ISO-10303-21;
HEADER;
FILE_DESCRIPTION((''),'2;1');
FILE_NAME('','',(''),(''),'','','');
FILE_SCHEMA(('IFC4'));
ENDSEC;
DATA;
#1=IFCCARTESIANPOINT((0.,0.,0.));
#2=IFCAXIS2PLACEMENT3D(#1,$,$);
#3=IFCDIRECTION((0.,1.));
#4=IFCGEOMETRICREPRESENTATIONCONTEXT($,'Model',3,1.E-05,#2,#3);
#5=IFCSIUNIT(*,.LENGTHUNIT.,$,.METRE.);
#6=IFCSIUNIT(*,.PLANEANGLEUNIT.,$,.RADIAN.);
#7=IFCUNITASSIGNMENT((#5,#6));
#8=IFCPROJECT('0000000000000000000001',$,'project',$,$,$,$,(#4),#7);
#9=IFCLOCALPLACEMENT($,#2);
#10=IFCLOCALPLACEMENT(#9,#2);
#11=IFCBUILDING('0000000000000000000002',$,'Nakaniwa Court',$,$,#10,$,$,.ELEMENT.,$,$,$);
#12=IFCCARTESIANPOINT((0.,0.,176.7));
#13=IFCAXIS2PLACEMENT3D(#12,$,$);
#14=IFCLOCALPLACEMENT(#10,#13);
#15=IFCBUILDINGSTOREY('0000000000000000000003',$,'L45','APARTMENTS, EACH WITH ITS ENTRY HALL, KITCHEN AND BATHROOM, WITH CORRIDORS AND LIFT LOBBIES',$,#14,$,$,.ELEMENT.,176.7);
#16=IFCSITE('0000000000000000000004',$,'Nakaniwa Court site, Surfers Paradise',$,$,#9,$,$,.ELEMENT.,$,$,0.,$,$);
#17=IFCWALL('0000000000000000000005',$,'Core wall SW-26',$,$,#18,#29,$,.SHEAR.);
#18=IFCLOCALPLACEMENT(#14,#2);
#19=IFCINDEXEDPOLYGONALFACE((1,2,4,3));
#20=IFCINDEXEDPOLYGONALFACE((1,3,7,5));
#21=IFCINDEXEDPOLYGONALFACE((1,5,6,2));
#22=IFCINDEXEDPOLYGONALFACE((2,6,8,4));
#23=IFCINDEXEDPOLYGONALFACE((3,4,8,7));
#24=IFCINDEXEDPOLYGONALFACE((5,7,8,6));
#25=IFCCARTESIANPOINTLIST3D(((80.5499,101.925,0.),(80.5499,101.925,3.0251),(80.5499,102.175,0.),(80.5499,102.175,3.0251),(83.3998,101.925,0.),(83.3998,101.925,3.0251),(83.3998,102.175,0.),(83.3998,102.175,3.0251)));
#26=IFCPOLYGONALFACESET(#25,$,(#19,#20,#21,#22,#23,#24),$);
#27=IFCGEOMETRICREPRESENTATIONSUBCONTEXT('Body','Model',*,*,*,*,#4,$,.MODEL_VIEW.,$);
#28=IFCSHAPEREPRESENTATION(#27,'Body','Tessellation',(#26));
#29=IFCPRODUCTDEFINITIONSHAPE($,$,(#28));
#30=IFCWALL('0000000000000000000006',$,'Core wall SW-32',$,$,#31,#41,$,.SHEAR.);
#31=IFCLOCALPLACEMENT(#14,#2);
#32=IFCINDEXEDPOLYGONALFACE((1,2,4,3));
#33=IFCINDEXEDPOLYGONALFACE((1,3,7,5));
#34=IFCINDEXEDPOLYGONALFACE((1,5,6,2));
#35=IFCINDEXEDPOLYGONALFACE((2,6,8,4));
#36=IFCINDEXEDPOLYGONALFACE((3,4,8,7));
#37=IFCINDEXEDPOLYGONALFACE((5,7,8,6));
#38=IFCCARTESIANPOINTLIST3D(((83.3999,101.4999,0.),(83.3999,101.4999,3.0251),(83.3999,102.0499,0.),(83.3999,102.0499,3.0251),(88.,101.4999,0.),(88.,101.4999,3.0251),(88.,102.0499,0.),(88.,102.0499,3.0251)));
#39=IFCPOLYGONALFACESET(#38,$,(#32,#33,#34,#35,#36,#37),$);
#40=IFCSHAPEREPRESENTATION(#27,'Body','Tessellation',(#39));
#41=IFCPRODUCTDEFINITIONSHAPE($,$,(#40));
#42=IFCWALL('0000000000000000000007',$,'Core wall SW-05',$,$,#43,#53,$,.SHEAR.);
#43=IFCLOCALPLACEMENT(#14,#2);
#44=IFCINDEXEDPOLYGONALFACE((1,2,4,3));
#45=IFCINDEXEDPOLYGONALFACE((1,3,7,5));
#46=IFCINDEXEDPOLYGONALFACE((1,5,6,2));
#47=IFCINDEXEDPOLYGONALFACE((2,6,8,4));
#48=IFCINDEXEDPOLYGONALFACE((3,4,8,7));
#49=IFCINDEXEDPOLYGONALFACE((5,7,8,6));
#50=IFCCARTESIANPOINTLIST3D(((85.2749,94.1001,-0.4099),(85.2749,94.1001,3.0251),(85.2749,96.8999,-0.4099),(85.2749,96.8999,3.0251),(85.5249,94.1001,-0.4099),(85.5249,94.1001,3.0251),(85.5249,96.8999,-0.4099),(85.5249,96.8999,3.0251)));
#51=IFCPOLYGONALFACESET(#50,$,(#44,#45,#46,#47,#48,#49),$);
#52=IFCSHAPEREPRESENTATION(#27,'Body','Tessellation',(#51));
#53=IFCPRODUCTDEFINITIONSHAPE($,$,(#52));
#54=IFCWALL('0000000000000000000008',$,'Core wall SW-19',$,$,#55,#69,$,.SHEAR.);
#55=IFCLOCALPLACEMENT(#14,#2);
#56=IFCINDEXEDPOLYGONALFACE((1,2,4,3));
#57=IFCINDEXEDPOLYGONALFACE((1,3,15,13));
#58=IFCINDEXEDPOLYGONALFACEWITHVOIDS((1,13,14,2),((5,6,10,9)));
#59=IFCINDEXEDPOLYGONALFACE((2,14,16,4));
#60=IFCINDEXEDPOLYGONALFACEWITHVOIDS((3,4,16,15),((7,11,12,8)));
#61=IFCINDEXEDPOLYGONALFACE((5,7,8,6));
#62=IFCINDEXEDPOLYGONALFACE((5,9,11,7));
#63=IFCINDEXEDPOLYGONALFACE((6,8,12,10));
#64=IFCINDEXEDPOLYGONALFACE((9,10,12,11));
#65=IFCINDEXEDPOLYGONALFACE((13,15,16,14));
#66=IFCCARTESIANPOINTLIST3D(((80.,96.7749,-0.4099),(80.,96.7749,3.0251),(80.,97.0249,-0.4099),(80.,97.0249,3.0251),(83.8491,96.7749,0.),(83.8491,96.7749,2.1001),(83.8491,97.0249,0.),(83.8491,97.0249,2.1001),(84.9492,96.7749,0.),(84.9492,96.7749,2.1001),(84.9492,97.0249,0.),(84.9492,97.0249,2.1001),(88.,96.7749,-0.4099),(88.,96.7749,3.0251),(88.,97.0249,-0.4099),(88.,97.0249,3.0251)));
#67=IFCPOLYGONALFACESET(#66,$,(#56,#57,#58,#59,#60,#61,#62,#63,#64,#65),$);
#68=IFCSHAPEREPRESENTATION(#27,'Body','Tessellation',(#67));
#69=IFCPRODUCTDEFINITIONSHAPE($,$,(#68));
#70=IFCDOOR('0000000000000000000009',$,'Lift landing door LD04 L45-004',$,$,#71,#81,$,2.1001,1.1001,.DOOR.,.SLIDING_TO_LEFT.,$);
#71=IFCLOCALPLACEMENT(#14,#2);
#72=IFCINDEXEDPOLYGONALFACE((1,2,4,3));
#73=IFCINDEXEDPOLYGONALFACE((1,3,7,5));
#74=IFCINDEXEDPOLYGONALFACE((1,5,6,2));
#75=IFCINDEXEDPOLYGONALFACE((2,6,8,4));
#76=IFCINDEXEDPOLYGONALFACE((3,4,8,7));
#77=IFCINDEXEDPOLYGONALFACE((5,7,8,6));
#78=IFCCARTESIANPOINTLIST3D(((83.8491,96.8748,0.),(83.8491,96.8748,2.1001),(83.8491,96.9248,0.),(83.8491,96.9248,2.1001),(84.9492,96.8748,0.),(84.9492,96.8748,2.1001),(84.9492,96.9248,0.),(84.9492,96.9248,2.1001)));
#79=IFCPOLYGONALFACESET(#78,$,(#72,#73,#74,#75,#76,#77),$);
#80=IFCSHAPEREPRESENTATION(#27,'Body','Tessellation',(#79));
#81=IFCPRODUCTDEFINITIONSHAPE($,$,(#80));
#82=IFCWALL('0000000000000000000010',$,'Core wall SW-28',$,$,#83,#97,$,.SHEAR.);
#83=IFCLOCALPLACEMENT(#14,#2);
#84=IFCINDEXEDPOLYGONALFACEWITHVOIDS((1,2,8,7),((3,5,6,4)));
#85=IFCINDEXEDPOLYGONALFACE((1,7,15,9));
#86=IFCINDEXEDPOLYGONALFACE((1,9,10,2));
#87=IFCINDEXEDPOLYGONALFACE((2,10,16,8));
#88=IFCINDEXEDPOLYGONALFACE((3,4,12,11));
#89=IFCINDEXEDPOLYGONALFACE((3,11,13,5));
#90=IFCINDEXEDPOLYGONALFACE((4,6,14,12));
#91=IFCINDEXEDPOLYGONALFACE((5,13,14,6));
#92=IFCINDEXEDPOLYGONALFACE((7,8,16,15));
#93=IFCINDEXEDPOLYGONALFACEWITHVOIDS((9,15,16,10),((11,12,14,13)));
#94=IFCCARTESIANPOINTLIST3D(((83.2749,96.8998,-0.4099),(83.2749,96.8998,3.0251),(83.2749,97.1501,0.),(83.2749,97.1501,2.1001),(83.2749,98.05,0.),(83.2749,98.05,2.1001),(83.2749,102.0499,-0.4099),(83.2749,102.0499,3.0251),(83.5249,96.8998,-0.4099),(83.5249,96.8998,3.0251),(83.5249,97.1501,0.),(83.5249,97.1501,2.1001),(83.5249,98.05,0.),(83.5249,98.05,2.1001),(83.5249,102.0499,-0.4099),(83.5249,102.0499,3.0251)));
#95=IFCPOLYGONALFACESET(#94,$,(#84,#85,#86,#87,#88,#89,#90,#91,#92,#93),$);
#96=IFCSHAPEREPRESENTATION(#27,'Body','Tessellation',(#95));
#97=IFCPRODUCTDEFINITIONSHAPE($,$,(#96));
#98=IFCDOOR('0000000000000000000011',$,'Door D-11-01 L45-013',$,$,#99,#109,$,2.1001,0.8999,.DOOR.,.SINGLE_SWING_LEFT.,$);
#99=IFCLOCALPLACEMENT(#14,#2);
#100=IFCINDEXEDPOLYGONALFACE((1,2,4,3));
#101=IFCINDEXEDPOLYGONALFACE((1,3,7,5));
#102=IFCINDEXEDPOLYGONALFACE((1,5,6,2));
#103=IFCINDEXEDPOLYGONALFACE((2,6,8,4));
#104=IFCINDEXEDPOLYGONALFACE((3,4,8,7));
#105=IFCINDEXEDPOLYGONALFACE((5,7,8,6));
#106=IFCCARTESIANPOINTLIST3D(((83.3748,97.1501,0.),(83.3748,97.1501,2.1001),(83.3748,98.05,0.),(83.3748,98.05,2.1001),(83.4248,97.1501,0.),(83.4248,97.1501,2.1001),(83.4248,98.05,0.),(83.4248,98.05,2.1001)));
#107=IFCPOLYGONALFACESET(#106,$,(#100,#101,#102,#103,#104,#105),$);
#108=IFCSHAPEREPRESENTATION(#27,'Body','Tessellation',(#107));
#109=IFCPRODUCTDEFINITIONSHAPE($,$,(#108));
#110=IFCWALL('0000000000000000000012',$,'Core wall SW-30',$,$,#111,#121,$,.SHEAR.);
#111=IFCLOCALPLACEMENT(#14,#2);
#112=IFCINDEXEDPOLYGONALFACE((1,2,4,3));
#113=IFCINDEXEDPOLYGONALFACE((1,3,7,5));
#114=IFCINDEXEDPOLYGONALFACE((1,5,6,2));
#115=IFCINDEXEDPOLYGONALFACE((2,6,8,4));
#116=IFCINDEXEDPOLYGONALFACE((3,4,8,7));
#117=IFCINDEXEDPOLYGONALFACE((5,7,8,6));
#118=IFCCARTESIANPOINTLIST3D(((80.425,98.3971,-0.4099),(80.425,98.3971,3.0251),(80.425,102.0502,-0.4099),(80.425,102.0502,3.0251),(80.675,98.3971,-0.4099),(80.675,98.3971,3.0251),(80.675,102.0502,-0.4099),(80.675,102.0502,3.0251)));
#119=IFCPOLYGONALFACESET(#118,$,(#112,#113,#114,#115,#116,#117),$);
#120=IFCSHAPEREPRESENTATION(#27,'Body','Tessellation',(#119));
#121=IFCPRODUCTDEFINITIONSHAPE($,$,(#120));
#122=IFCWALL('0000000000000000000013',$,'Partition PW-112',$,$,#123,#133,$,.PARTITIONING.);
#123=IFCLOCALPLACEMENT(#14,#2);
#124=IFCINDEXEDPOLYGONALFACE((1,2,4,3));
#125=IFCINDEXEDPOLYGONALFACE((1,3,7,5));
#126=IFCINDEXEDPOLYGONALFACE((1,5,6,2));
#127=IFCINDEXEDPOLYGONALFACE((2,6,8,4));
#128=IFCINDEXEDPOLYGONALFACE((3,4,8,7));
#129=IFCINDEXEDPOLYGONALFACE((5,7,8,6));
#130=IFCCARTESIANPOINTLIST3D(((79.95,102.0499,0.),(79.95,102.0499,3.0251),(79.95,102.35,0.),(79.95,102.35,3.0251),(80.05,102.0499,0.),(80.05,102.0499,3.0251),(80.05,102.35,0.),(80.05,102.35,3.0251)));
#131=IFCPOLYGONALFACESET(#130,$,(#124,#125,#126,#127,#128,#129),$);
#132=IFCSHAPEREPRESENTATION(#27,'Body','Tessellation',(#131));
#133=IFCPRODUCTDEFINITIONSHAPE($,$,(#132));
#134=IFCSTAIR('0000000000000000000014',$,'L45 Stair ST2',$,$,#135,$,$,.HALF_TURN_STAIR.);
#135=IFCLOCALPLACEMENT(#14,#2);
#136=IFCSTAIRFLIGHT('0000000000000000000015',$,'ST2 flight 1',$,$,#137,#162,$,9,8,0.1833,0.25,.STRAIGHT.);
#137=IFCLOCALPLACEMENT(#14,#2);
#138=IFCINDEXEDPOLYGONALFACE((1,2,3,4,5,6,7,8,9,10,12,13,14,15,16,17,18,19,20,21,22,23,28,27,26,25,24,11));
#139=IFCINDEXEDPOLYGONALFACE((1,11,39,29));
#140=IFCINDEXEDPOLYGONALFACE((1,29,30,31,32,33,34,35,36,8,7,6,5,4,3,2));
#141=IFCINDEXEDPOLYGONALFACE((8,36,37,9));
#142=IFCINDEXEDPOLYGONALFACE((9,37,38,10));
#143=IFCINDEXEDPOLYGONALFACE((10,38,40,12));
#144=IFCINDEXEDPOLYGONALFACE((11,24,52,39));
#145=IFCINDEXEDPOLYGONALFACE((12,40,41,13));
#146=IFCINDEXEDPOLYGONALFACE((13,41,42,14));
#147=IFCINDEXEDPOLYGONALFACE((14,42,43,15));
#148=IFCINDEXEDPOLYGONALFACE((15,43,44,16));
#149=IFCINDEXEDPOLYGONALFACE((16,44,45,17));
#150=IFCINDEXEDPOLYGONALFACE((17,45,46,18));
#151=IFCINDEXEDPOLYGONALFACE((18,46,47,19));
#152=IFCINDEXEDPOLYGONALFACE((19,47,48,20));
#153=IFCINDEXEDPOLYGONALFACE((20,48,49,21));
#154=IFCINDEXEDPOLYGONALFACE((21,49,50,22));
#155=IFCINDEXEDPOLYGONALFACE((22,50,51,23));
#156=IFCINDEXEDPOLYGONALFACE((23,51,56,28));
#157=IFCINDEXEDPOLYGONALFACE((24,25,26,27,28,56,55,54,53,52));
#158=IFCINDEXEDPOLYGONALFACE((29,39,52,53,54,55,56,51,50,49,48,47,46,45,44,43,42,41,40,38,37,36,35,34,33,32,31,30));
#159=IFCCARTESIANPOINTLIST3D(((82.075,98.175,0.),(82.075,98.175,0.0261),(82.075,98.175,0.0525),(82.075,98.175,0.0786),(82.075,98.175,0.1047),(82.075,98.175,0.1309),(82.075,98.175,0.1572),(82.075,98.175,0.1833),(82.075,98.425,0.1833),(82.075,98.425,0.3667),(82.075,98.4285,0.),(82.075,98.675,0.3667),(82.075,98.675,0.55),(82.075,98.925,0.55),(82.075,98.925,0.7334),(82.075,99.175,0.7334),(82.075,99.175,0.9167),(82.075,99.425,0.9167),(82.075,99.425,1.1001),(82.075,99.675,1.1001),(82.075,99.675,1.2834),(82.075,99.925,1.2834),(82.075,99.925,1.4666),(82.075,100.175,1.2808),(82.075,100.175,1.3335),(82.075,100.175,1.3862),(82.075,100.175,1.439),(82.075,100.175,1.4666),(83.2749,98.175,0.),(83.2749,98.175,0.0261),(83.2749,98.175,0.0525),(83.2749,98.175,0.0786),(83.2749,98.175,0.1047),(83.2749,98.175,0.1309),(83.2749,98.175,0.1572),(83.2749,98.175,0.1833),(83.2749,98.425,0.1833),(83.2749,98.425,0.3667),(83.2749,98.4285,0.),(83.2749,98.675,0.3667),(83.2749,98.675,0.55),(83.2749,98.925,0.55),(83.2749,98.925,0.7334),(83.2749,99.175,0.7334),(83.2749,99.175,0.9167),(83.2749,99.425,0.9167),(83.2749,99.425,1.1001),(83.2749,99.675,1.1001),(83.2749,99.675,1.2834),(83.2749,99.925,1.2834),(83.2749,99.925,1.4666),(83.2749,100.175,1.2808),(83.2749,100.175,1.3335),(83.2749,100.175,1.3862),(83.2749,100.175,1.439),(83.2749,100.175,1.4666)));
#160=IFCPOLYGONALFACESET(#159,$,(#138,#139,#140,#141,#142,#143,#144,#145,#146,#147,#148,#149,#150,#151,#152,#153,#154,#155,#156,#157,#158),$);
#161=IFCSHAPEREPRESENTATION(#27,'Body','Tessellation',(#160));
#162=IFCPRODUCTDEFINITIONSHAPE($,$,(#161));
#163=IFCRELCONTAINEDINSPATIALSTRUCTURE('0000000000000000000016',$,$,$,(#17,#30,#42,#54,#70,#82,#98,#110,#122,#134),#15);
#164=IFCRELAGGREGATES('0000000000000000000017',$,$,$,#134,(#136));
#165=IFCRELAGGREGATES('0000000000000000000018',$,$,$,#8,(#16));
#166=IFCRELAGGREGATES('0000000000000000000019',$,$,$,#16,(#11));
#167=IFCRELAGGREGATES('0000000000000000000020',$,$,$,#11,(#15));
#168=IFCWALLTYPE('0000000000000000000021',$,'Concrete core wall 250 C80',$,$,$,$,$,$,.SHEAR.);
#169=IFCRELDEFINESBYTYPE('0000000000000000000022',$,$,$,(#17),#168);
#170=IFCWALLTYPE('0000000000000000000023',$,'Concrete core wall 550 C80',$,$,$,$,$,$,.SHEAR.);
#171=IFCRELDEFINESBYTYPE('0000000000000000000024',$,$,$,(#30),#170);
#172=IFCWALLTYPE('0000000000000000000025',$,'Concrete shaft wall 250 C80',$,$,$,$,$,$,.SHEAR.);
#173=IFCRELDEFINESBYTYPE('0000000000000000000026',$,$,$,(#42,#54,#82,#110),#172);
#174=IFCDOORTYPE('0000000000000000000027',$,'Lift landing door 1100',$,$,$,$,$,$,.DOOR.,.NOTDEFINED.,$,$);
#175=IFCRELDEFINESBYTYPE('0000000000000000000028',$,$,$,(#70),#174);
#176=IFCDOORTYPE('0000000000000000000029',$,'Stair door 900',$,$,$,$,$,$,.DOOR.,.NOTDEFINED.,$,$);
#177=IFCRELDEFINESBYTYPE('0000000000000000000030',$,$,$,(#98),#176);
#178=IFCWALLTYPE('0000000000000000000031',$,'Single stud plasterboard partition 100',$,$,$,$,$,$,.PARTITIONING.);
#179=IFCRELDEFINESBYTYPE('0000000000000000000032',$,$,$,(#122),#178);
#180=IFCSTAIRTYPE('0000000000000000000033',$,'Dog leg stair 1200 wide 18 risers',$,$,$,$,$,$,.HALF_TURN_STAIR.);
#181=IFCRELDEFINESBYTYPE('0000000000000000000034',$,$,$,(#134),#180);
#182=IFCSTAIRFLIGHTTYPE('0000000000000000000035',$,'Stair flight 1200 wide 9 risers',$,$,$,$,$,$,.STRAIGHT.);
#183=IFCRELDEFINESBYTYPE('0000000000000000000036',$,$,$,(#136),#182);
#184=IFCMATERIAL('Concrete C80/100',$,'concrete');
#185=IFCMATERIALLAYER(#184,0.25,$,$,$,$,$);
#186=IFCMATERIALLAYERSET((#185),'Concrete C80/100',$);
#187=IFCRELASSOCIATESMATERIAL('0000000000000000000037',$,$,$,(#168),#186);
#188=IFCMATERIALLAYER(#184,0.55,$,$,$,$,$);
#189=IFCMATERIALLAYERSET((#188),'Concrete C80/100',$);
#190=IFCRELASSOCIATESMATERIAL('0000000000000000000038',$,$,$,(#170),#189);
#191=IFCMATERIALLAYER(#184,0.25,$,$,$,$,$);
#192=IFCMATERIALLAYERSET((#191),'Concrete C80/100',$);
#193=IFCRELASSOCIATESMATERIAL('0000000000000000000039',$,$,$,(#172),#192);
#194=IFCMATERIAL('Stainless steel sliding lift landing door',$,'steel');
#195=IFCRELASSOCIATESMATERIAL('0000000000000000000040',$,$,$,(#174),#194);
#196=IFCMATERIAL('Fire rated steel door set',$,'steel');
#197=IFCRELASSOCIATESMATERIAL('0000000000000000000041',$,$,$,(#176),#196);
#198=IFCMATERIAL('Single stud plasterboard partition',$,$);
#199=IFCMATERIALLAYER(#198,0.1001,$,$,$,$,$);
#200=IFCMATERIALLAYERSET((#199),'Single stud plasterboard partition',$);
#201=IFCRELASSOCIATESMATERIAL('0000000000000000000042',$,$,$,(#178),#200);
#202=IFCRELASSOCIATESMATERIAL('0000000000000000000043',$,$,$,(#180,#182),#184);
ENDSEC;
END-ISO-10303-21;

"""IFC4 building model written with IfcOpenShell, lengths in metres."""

from ifc_helpers import new_model, si_unit, direction, frame, frame_2d, origin, place, context, subcontext, project, spatial, polyline, rectangle, outline, extrude, material, layer, layer_set, type_object, element, fill, aggregate, save


model = new_model("IFC4")

# Units and contexts
model_context = context("Model", 3, precision=1e-05, world=origin(), true_north=direction((0.0, 1.0)))
body_context = subcontext(model_context, "Body", "Model", "MODEL_VIEW")
ifc_project = project(units=[si_unit("LENGTHUNIT", "METRE"), si_unit("PLANEANGLEUNIT", "RADIAN")], contexts=[model_context])

# Site, building, storey
site_placement = place(None, origin())
site = spatial("IfcSite", under=ifc_project, at=site_placement, Name="Nakaniwa Court site, Surfers Paradise", CompositionType="ELEMENT", RefElevation=0.0)
building_placement = place(site_placement, origin())
building = spatial("IfcBuilding", under=site, at=building_placement, Name="Nakaniwa Court", CompositionType="ELEMENT")
storey_placement = place(building_placement, frame((0.0, 0.0, 176.7)))
storey = spatial("IfcBuildingStorey", under=building, at=storey_placement, Name="L45", Description="APARTMENTS, EACH WITH ITS ENTRY HALL, KITCHEN AND BATHROOM, WITH CORRIDORS AND LIFT LOBBIES", CompositionType="ELEMENT", Elevation=176.7)

# Shared definitions
ifc_material_1 = material(Name="Fire rated steel door set", Category="steel")
ifc_material_2 = material(Name="Concrete C80/100", Category="concrete")

# Walls
ifc_layer_1 = layer(ifc_material_2, 0.25)
ifc_layer_set_1 = layer_set([ifc_layer_1], Name="Concrete C80/100")
wall_type_1 = type_object("IfcWallType", Name="Concrete core wall 250 C80", PredefinedType="SHEAR", material=ifc_layer_set_1)
wall_1_placement = place(storey_placement, frame((80.55, 102.05, 0.0), z_axis=(0.0, 0.0, 1.0), x_axis=(1.0, 0.0, 0.0)))
element("IfcWall", 1, at=wall_1_placement, inside=storey, type_object=wall_type_1, Name="Core wall SW-26", PredefinedType="SHEAR", context=body_context, shape_type="SweptSolid", body=[
    extrude(rectangle(XDim=2.8499, YDim=0.25, at=frame_2d((1.4248, 0.0))), origin(), (0.0, 0.0, 1.0), 3.0251),
])
ifc_layer_2 = layer(ifc_material_2, 0.55)
ifc_layer_set_2 = layer_set([ifc_layer_2], Name="Concrete C80/100")
wall_type_2 = type_object("IfcWallType", Name="Concrete core wall 550 C80", PredefinedType="SHEAR", material=ifc_layer_set_2)
wall_2_placement = place(storey_placement, frame((83.3999, 101.7749, 0.0), z_axis=(0.0, 0.0, 1.0), x_axis=(1.0, 0.0, 0.0)))
element("IfcWall", 2, at=wall_2_placement, inside=storey, type_object=wall_type_2, Name="Core wall SW-32", PredefinedType="SHEAR", context=body_context, shape_type="SweptSolid", body=[
    extrude(rectangle(XDim=4.6001, YDim=0.55, at=frame_2d((2.3, 0.0))), origin(), (0.0, 0.0, 1.0), 3.0251),
])
ifc_layer_3 = layer(ifc_material_2, 0.25)
ifc_layer_set_3 = layer_set([ifc_layer_3], Name="Concrete C80/100")
wall_type_3 = type_object("IfcWallType", Name="Concrete shaft wall 250 C80", PredefinedType="SHEAR", material=ifc_layer_set_3)
wall_3_placement = place(storey_placement, frame((85.3999, 94.1001, -0.4099), z_axis=(0.0, 0.0, 1.0), x_axis=(0.0, 1.0, 0.0)))
element("IfcWall", 3, at=wall_3_placement, inside=storey, type_object=wall_type_3, Name="Core wall SW-05", PredefinedType="SHEAR", context=body_context, shape_type="SweptSolid", body=[
    extrude(rectangle(XDim=2.7998, YDim=0.25, at=frame_2d((1.3999, 0.0))), origin(), (0.0, 0.0, 1.0), 3.4351),
])

# Walls, openings, doors
wall_4_placement = place(storey_placement, frame((80.0, 96.8999, -0.4099), z_axis=(0.0, 0.0, 1.0), x_axis=(1.0, 0.0, 0.0)))
wall_4 = element("IfcWall", 4, at=wall_4_placement, inside=storey, type_object=wall_type_3, Name="Core wall SW-19", PredefinedType="SHEAR", context=body_context, shape_type="SweptSolid", body=[
    extrude(rectangle(XDim=8.0, YDim=0.25, at=frame_2d((4.0, 0.0))), origin(), (0.0, 0.0, 1.0), 3.4351),
])
opening_1_placement = place(wall_4_placement, frame((3.8491, 0.0, 0.4099)))
opening_1 = element("IfcOpeningElement", 5, at=opening_1_placement, cuts=wall_4, PredefinedType="OPENING", context=body_context, shape_type="SweptSolid", body=[
    extrude(rectangle(XDim=1.1001, YDim=2.1001, at=frame_2d((0.55, 1.05))), frame((0.0, 0.135, 0.0), z_axis=(0.0, -1.0, 0.0), x_axis=(1.0, 0.0, 0.0)), (0.0, 0.0, 1.0), 0.27),
])
ifc_material_3 = material(Name="Stainless steel sliding lift landing door", Category="steel")
door_type_1 = type_object("IfcDoorType", Name="Lift landing door 1100", OperationType="NOTDEFINED", PredefinedType="DOOR", material=ifc_material_3)
door_1_placement = place(opening_1_placement, origin())
door_1 = element("IfcDoor", 6, at=door_1_placement, inside=storey, type_object=door_type_1, Name="Lift landing door LD04 L45-004", OperationType="SLIDING_TO_LEFT", OverallHeight=2.1001, OverallWidth=1.1001, PredefinedType="DOOR", context=body_context, shape_type="SweptSolid", body=[
    extrude(rectangle(XDim=1.1001, YDim=2.1001, at=frame_2d((0.55, 1.05))), frame((0.0, 0.0249, 0.0), z_axis=(0.0, -1.0, 0.0), x_axis=(1.0, 0.0, 0.0)), (0.0, 0.0, 1.0), 0.05),
])
fill(opening_1, door_1)
wall_5_placement = place(storey_placement, frame((83.3999, 102.05, -0.4099), z_axis=(0.0, 0.0, 1.0), x_axis=(0.0, -1.0, 0.0)))
wall_5 = element("IfcWall", 7, at=wall_5_placement, inside=storey, type_object=wall_type_3, Name="Core wall SW-28", PredefinedType="SHEAR", context=body_context, shape_type="SweptSolid", body=[
    extrude(rectangle(XDim=5.1501, YDim=0.25, at=frame_2d((2.5752, 0.0))), origin(), (0.0, 0.0, 1.0), 3.4351),
])
opening_2_placement = place(wall_5_placement, frame((4.0, 0.0, 0.4099)))
opening_2 = element("IfcOpeningElement", 8, at=opening_2_placement, cuts=wall_5, PredefinedType="OPENING", context=body_context, shape_type="SweptSolid", body=[
    extrude(rectangle(XDim=0.8999, YDim=2.1001, at=frame_2d((0.45, 1.05))), frame((0.0, 0.135, 0.0), z_axis=(0.0, -1.0, 0.0), x_axis=(1.0, 0.0, 0.0)), (0.0, 0.0, 1.0), 0.27),
])
door_type_2 = type_object("IfcDoorType", Name="Stair door 900", OperationType="NOTDEFINED", PredefinedType="DOOR", material=ifc_material_1)
door_2_placement = place(opening_2_placement, origin())
door_2 = element("IfcDoor", 9, at=door_2_placement, inside=storey, type_object=door_type_2, Name="Door D-11-01 L45-013", OperationType="SINGLE_SWING_LEFT", OverallHeight=2.1001, OverallWidth=0.8999, PredefinedType="DOOR", context=body_context, shape_type="SweptSolid", body=[
    extrude(rectangle(XDim=0.8999, YDim=2.1001, at=frame_2d((0.45, 1.05))), frame((0.0, 0.0249, 0.0), z_axis=(0.0, -1.0, 0.0), x_axis=(1.0, 0.0, 0.0)), (0.0, 0.0, 1.0), 0.05),
])
fill(opening_2, door_2)

# Walls
wall_6_placement = place(storey_placement, frame((80.55, 98.397, -0.4099), z_axis=(0.0, 0.0, 1.0), x_axis=(0.0, 1.0, 0.0)))
element("IfcWall", 10, at=wall_6_placement, inside=storey, type_object=wall_type_3, Name="Core wall SW-30", PredefinedType="SHEAR", context=body_context, shape_type="SweptSolid", body=[
    extrude(rectangle(XDim=3.6531, YDim=0.25, at=frame_2d((1.8267, 0.0))), origin(), (0.0, 0.0, 1.0), 3.4351),
])
ifc_material_4 = material(Name="Single stud plasterboard partition")
ifc_layer_4 = layer(ifc_material_4, 0.1001)
ifc_layer_set_4 = layer_set([ifc_layer_4], Name="Single stud plasterboard partition")
wall_type_4 = type_object("IfcWallType", Name="Single stud plasterboard partition 100", PredefinedType="PARTITIONING", material=ifc_layer_set_4)
wall_7_placement = place(storey_placement, frame((80.0, 102.05, 0.0), z_axis=(0.0, 0.0, 1.0), x_axis=(0.0, 1.0, 0.0)))
element("IfcWall", 11, at=wall_7_placement, inside=storey, type_object=wall_type_4, Name="Partition PW-112", PredefinedType="PARTITIONING", context=body_context, shape_type="SweptSolid", body=[
    extrude(rectangle(XDim=0.3, YDim=0.1001, at=frame_2d((0.1499, 0.0))), origin(), (0.0, 0.0, 1.0), 3.0251),
])

# Stair, stair flight
stair_type = type_object("IfcStairType", Name="Dog leg stair 1200 wide 18 risers", PredefinedType="HALF_TURN_STAIR", material=ifc_material_2)
stair_placement = place(storey_placement, origin())
stair = element("IfcStair", 12, at=stair_placement, inside=storey, type_object=stair_type, Name="L45 Stair ST2", PredefinedType="HALF_TURN_STAIR")
stair_flight_type = type_object("IfcStairFlightType", Name="Stair flight 1200 wide 9 risers", PredefinedType="STRAIGHT", material=ifc_material_2)
stair_flight_1_placement = place(storey_placement, frame((82.675, 98.175, 0.0), z_axis=(0.0, 0.0, 1.0), x_axis=(0.0, 1.0, 0.0)))
stair_flight_1 = element("IfcStairFlight", 13, at=stair_flight_1_placement, type_object=stair_flight_type, Name="ST2 flight 1", NumberOfRisers=9, NumberOfTreads=8, PredefinedType="STRAIGHT", RiserHeight=0.1833, TreadLength=0.25, context=body_context, shape_type="SweptSolid", body=[
    extrude(outline(polyline([(0.0, 0.0), (0.0, 0.0261), (0.0, 0.0525), (0.0, 0.0786), (0.0, 0.1047), (0.0, 0.1309), (0.0, 0.1572), (0.0, 0.1833), (0.25, 0.1833), (0.25, 0.3667), (0.5, 0.3667), (0.5, 0.55), (0.75, 0.55), (0.75, 0.7334), (1.0, 0.7334), (1.0, 0.9167), (1.25, 0.9167), (1.25, 1.1001), (1.5, 1.1001), (1.5, 1.2834), (1.75, 1.2834), (1.75, 1.4666), (2.0, 1.4666), (2.0, 1.6499), (2.0, 1.5972), (2.0, 1.5444), (2.0, 1.4917), (2.0, 1.439), (2.0, 1.3862), (2.0, 1.3335), (2.0, 1.2808), (0.2534, 0.0), (0.0, 0.0)])), frame((0.0, 0.6001, 0.0), z_axis=(0.0, -1.0, 0.0), x_axis=(1.0, 0.0, 0.0)), (0.0, 0.0, 1.0), 1.2),
])
aggregate(stair, [stair_flight_1])

save(model, "model.ifc")
